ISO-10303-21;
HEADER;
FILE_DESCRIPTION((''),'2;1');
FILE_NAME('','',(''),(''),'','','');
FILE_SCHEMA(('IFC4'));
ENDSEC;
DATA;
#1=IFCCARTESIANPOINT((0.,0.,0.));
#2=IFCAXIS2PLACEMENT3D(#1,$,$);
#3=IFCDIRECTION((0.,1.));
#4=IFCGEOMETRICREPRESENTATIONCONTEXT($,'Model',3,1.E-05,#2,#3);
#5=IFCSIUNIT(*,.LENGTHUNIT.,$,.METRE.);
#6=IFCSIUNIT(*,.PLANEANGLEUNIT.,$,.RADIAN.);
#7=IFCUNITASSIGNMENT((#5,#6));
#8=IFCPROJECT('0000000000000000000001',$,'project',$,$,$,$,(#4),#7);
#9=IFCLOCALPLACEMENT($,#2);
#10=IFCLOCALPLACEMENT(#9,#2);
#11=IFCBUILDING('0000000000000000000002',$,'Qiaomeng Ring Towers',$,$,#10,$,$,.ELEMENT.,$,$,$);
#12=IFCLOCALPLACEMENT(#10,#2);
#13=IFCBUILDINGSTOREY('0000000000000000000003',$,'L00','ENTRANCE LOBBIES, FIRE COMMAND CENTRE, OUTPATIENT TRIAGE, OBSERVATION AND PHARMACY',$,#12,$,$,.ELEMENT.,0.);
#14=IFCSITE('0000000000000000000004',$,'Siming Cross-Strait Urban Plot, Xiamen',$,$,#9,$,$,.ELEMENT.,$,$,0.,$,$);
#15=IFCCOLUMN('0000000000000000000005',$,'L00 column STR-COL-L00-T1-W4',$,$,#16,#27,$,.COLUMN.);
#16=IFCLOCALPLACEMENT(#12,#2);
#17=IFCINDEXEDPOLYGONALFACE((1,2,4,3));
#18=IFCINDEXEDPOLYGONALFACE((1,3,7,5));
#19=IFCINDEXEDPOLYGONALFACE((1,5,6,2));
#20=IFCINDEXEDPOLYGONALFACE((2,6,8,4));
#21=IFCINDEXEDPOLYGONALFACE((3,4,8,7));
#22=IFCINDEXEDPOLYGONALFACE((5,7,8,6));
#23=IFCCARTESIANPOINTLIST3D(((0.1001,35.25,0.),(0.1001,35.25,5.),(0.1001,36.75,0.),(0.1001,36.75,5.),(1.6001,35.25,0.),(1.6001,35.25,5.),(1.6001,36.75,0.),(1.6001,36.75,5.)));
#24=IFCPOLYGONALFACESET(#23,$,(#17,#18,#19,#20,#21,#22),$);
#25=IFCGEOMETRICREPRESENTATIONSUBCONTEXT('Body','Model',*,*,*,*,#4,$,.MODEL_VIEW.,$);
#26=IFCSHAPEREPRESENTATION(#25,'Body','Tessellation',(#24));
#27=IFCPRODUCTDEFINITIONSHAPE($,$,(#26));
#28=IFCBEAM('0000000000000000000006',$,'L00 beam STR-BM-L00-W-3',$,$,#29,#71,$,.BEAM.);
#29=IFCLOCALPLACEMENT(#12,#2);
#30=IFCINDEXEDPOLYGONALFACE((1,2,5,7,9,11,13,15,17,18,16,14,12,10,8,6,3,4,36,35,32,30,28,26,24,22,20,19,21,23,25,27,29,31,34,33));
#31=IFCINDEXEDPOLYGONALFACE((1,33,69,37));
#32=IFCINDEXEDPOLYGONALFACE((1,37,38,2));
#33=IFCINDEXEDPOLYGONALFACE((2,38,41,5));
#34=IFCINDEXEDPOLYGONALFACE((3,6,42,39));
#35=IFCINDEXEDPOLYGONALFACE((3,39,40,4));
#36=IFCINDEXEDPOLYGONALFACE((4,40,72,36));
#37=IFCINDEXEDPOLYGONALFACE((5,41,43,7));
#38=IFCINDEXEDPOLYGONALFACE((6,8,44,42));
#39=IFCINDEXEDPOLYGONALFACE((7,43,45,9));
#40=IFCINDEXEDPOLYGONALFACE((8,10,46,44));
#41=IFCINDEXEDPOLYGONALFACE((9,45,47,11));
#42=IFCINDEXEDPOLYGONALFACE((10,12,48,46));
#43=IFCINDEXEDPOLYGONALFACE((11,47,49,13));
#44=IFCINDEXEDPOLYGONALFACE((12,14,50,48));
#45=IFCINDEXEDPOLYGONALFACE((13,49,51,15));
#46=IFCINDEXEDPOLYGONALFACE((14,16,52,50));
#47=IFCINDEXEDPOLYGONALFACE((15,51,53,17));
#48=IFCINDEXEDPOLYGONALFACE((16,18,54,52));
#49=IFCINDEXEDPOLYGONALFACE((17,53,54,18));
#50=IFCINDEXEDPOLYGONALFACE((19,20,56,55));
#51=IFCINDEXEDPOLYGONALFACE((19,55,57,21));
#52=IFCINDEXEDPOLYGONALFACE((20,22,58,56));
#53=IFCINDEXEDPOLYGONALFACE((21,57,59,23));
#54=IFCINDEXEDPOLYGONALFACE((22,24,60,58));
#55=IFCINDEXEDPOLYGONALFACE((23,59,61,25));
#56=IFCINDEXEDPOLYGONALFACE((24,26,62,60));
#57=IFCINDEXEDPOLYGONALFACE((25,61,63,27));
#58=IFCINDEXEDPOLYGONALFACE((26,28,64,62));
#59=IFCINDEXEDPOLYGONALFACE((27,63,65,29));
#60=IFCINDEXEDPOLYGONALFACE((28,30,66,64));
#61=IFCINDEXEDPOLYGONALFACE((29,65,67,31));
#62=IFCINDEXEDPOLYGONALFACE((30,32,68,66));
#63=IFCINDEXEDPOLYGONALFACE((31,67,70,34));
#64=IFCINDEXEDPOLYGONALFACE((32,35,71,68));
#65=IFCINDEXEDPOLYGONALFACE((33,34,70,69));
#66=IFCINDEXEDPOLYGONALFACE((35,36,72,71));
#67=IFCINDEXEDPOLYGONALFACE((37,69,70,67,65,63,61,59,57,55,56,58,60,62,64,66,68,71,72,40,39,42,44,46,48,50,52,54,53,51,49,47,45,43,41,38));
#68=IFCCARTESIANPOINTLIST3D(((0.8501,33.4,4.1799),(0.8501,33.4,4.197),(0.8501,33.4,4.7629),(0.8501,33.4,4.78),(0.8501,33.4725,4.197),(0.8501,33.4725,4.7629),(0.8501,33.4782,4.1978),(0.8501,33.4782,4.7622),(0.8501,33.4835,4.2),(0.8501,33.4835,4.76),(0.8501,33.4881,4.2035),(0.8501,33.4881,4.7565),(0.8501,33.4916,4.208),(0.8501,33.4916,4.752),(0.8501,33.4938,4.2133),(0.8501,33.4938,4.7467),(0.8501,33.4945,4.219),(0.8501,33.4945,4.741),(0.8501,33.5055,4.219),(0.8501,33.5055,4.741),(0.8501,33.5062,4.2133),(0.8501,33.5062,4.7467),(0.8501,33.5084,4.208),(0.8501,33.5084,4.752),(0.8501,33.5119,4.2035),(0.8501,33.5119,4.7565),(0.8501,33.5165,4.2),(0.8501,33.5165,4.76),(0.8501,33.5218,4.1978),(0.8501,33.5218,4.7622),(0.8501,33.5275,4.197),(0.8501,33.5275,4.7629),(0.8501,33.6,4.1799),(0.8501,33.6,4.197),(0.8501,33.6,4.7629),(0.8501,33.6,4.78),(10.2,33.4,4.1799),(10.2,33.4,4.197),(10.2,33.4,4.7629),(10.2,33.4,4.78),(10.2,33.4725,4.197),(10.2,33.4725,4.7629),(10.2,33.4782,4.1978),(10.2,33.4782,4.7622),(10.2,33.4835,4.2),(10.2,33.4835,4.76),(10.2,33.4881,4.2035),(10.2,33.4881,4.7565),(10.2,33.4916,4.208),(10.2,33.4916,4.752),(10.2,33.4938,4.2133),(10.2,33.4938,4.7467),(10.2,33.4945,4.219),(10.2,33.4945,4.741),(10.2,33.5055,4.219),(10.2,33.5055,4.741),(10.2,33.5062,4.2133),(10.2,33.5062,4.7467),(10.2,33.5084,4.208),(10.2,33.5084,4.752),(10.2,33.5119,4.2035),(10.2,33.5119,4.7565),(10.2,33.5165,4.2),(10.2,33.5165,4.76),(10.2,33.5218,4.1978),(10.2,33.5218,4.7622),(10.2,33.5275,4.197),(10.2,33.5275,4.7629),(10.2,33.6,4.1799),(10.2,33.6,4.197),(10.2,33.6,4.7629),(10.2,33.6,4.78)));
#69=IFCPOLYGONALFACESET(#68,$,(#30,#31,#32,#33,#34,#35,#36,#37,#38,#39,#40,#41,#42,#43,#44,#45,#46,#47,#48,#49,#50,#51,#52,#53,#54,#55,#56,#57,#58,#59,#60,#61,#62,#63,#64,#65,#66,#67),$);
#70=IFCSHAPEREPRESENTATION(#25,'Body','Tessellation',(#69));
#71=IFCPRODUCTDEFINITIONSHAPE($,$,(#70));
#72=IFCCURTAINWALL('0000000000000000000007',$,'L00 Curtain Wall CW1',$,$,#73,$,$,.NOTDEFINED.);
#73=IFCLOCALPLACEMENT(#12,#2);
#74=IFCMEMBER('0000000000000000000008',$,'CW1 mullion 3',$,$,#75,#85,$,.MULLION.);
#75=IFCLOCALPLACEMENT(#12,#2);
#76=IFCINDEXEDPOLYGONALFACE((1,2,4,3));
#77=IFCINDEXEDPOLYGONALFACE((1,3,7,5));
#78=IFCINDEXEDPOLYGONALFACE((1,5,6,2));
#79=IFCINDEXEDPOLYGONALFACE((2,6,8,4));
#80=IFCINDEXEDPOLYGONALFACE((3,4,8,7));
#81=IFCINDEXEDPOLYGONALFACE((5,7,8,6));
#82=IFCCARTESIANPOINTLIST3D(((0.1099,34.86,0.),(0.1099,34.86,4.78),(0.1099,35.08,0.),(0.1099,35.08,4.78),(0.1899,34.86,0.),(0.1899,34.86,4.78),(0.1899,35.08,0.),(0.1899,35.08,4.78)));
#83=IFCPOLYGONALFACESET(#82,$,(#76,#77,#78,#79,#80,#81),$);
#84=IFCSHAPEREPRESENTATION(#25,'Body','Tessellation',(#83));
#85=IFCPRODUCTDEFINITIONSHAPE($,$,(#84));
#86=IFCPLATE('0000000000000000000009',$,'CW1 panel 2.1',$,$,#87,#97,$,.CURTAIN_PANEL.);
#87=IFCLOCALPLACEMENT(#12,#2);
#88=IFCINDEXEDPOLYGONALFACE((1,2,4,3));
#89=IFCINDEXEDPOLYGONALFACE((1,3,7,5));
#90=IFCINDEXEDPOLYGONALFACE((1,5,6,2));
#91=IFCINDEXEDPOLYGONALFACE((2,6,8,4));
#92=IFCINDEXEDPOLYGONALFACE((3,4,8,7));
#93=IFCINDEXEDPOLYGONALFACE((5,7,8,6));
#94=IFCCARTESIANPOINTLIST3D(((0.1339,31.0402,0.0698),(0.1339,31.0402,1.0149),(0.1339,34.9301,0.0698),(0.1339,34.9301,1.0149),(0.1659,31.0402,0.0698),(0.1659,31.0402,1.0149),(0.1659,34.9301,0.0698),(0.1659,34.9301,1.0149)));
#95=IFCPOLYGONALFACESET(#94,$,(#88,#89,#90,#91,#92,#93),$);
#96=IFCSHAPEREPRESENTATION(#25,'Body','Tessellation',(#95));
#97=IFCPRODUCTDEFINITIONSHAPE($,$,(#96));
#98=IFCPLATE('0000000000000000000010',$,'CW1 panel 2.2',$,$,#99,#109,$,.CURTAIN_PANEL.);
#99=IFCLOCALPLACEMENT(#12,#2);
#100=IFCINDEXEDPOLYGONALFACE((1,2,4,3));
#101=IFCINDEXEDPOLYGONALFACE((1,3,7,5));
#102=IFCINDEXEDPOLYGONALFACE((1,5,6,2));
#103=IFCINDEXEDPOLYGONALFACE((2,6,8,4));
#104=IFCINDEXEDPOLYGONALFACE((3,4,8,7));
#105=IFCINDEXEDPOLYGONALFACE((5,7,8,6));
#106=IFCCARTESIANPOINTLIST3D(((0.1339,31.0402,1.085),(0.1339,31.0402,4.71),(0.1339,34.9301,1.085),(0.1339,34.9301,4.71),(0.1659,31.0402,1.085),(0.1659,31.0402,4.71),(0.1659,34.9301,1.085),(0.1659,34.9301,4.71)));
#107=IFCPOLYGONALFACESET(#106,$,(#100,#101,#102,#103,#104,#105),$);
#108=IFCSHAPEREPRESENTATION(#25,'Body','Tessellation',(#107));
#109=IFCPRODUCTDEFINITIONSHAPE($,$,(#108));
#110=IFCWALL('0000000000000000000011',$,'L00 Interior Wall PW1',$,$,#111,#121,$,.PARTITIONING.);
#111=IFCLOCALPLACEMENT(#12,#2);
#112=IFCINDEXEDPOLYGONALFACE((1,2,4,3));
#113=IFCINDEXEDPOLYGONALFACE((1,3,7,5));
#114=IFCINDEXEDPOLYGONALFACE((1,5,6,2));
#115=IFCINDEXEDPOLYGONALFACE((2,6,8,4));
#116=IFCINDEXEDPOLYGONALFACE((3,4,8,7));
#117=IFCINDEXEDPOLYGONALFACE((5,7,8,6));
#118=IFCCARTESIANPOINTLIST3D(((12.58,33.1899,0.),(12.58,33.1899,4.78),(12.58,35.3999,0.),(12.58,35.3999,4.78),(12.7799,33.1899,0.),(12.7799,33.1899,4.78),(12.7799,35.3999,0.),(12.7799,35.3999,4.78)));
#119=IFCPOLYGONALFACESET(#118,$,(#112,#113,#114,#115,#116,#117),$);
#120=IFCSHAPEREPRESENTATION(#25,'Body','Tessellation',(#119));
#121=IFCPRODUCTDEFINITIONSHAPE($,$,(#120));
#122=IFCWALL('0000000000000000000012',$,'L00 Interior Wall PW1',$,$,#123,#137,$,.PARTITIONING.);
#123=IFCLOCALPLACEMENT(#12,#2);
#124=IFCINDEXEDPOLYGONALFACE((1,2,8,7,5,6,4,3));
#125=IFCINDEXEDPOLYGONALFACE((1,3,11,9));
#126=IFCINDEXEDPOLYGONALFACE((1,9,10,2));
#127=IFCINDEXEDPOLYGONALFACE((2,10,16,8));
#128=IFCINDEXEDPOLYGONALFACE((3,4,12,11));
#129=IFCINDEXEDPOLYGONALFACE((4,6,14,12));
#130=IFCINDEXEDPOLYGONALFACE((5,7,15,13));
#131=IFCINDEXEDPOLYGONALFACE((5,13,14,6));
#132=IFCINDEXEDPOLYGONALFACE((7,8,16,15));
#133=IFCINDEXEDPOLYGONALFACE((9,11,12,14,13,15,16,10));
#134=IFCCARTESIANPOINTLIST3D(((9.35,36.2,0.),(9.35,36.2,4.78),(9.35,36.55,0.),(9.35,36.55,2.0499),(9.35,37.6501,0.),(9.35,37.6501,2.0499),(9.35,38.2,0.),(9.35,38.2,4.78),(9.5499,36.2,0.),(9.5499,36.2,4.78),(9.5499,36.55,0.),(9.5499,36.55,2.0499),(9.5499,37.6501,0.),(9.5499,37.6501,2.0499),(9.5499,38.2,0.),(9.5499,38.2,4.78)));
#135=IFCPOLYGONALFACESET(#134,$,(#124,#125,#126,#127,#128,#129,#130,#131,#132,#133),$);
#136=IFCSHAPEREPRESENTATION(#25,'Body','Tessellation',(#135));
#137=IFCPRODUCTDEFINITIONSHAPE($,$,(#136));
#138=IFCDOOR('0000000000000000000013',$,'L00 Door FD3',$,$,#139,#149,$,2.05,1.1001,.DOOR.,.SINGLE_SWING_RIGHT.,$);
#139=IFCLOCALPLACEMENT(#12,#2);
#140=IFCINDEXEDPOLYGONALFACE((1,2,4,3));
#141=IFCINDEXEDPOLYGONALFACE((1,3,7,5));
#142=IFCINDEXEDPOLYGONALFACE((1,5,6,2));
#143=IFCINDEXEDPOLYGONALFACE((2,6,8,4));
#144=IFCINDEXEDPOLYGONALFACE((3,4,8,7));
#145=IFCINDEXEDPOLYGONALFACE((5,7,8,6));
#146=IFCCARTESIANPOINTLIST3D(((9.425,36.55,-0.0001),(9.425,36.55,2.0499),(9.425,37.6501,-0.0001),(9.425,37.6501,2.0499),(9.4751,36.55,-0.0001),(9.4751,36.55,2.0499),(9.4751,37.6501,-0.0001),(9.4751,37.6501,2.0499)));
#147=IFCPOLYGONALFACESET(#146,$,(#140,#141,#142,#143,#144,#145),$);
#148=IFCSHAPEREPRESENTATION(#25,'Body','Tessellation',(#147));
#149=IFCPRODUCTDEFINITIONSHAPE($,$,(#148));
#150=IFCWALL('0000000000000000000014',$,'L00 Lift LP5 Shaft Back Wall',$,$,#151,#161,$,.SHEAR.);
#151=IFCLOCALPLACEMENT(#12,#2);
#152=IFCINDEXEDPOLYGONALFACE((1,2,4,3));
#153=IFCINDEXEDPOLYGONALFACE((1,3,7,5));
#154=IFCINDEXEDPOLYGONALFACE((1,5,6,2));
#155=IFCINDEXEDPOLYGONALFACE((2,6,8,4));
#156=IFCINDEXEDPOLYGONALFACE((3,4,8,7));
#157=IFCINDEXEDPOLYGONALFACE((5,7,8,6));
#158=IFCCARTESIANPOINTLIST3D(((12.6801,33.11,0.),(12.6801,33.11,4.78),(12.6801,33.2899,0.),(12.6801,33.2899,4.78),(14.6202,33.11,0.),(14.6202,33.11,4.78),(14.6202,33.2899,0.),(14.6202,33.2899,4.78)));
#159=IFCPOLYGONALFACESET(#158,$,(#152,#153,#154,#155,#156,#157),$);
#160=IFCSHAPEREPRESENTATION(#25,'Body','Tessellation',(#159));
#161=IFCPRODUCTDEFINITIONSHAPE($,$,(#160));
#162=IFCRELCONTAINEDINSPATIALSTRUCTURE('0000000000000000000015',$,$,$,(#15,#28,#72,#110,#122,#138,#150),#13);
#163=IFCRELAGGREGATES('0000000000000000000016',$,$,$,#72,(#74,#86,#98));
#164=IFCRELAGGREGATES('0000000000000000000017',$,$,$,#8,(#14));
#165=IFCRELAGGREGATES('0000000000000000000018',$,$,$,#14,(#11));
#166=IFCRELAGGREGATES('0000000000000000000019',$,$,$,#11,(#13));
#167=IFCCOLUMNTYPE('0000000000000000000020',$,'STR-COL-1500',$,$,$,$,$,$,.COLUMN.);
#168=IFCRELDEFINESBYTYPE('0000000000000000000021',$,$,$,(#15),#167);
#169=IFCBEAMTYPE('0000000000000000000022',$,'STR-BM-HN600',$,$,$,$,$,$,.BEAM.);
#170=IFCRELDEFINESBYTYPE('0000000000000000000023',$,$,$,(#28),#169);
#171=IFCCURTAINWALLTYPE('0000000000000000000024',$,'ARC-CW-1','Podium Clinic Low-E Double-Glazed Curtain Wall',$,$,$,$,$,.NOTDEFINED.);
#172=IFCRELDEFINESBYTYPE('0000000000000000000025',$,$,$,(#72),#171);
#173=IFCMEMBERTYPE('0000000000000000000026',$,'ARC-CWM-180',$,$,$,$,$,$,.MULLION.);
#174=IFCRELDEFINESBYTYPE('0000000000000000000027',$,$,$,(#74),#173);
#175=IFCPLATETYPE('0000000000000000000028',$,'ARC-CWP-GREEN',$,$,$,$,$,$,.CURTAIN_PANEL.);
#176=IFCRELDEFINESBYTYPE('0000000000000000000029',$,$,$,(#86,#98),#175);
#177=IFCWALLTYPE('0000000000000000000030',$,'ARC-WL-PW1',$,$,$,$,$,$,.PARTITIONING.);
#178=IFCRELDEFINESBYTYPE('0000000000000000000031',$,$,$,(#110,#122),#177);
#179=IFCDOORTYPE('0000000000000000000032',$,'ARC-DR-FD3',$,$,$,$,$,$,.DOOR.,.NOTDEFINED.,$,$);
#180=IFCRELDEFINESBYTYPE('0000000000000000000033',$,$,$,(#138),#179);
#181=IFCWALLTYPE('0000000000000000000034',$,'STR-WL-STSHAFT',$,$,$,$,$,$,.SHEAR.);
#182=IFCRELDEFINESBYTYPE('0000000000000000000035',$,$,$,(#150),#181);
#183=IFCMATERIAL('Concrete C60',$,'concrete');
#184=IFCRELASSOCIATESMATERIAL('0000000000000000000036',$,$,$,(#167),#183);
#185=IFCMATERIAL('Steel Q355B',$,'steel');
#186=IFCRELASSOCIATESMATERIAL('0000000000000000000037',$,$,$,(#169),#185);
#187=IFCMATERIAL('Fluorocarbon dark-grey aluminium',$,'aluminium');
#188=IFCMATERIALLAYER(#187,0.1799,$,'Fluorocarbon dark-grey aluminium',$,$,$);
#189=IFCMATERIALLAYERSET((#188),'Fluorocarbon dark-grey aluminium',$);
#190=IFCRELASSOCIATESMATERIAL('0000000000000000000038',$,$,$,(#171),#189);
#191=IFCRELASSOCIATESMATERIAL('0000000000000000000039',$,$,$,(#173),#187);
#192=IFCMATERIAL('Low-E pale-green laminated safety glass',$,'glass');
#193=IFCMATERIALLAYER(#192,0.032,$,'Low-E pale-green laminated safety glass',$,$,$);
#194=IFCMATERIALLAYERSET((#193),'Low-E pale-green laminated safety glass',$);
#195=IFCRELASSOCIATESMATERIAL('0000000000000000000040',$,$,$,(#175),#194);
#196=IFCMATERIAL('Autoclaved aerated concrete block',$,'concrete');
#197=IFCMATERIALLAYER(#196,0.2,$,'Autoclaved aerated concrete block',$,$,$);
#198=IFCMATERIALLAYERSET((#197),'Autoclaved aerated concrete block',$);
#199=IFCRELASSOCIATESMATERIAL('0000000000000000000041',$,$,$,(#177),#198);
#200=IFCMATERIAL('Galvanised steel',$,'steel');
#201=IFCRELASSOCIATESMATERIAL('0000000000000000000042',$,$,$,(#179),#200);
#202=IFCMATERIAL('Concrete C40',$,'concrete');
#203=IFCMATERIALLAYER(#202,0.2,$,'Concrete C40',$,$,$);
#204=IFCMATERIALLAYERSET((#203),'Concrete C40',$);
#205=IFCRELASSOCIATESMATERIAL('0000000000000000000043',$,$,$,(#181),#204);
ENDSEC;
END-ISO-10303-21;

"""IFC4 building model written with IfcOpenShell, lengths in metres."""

from ifc_helpers import new_model, si_unit, direction, frame, frame_2d, origin, origin_2d, place, context, subcontext, project, spatial, rectangle, i_section, extrude, source, transform, mapped, material, layer, layer_set, material_profile, profile_set, type_object, element, fill, aggregate, save


model = new_model("IFC4")

# Units and contexts
model_context = context("Model", 3, precision=1e-05, world=origin(), true_north=direction((0.0, 1.0)))
body_context = subcontext(model_context, "Body", "Model", "MODEL_VIEW")
ifc_project = project(units=[si_unit("LENGTHUNIT", "METRE"), si_unit("PLANEANGLEUNIT", "RADIAN")], contexts=[model_context])

# Site, building, storey
site_placement = place(None, origin())
site = spatial("IfcSite", under=ifc_project, at=site_placement, Name="Siming Cross-Strait Urban Plot, Xiamen", CompositionType="ELEMENT", RefElevation=0.0)
building_placement = place(site_placement, origin())
building = spatial("IfcBuilding", under=site, at=building_placement, Name="Qiaomeng Ring Towers", CompositionType="ELEMENT")
storey_placement = place(building_placement, origin())
storey = spatial("IfcBuildingStorey", under=building, at=storey_placement, Name="L00", Description="ENTRANCE LOBBIES, FIRE COMMAND CENTRE, OUTPATIENT TRIAGE, OBSERVATION AND PHARMACY", CompositionType="ELEMENT", Elevation=0.0)

# Column
ifc_material_1 = material(Name="Concrete C60", Category="concrete")
ifc_material_profile_1 = material_profile(ifc_material_1, rectangle(XDim=1.5, YDim=1.5, at=origin_2d()), Name="RC COL 1500x1500")
ifc_profile_set_1 = profile_set([ifc_material_profile_1], Name="Concrete C60")
column_type = type_object("IfcColumnType", Name="STR-COL-1500", PredefinedType="COLUMN", material=ifc_profile_set_1)
shared_shape_1 = source(origin(), body_context, "Body", "SweptSolid", [
    extrude(rectangle(XDim=1.5, YDim=1.5, at=origin_2d()), origin(), (0.0, 0.0, 1.0), 5.0),
])
column_placement = place(storey_placement, frame((0.8501, 36.0, 0.0), z_axis=(0.0, 0.0, 1.0), x_axis=(1.0, 0.0, 0.0)))
element("IfcColumn", 1, at=column_placement, inside=storey, type_object=column_type, Name="L00 column STR-COL-L00-T1-W4", PredefinedType="COLUMN", context=body_context, shape_type="MappedRepresentation", body=[
    mapped(shared_shape_1, transform((0.0, 0.0, 0.0), x_axis=(1.0, 0.0, 0.0), y_axis=(0.0, 1.0, 0.0), z_axis=(0.0, 0.0, 1.0), scale=1.0)),
])

# Beam
ifc_material_2 = material(Name="Steel Q355B", Category="steel")
ifc_material_profile_2 = material_profile(ifc_material_2, i_section(OverallWidth=0.2, OverallDepth=0.6001, WebThickness=0.011, FlangeThickness=0.0171, FilletRadius=0.022, at=origin_2d()), Name="HN 600x200x11x17")
ifc_profile_set_2 = profile_set([ifc_material_profile_2], Name="Steel Q355B")
beam_type = type_object("IfcBeamType", Name="STR-BM-HN600", PredefinedType="BEAM", material=ifc_profile_set_2)
shared_shape_2 = source(origin(), body_context, "Body", "SweptSolid", [
    extrude(i_section(OverallWidth=0.2, OverallDepth=0.6001, WebThickness=0.011, FlangeThickness=0.0171, FilletRadius=0.022, at=origin_2d()), origin(), (0.0, 0.0, 1.0), 9.3499),
])
beam_placement = place(storey_placement, frame((0.8501, 33.5, 4.48), z_axis=(1.0, 0.0, 0.0), x_axis=(0.0, 1.0, 0.0)))
element("IfcBeam", 2, at=beam_placement, inside=storey, type_object=beam_type, Name="L00 beam STR-BM-L00-W-3", PredefinedType="BEAM", context=body_context, shape_type="MappedRepresentation", body=[
    mapped(shared_shape_2, transform((0.0, 0.0, 0.0), x_axis=(1.0, 0.0, 0.0), y_axis=(0.0, 1.0, 0.0), z_axis=(0.0, 0.0, 1.0), scale=1.0)),
])

# Curtain wall, member, plates
ifc_material_3 = material(Name="Fluorocarbon dark-grey aluminium", Category="aluminium")
ifc_layer_1 = layer(ifc_material_3, 0.1799, Name="Fluorocarbon dark-grey aluminium")
ifc_layer_set_1 = layer_set([ifc_layer_1], Name="Fluorocarbon dark-grey aluminium")
curtain_wall_type = type_object("IfcCurtainWallType", Name="ARC-CW-1", Description="Podium Clinic Low-E Double-Glazed Curtain Wall", PredefinedType="NOTDEFINED", material=ifc_layer_set_1)
curtain_wall_placement = place(storey_placement, origin())
curtain_wall = element("IfcCurtainWall", 3, at=curtain_wall_placement, inside=storey, type_object=curtain_wall_type, Name="L00 Curtain Wall CW1", PredefinedType="NOTDEFINED")
ifc_material_profile_3 = material_profile(ifc_material_3, rectangle(XDim=0.0801, YDim=0.22, at=origin_2d()), Name="ALU MULL 80x220")
ifc_profile_set_3 = profile_set([ifc_material_profile_3], Name="Fluorocarbon dark-grey aluminium")
member_type = type_object("IfcMemberType", Name="ARC-CWM-180", PredefinedType="MULLION", material=ifc_profile_set_3)
shared_shape_3 = source(origin(), body_context, "Body", "SweptSolid", [
    extrude(rectangle(XDim=0.0801, YDim=0.22, at=origin_2d()), origin(), (0.0, 0.0, 1.0), 4.78),
])
member_placement = place(storey_placement, frame((0.1499, 34.97, 0.0), z_axis=(0.0, 0.0, 1.0), x_axis=(-1.0, 0.0, 0.0)))
member = element("IfcMember", 4, at=member_placement, type_object=member_type, Name="CW1 mullion 3", PredefinedType="MULLION", context=body_context, shape_type="MappedRepresentation", body=[
    mapped(shared_shape_3, transform((0.0, 0.0, 0.0), x_axis=(1.0, 0.0, 0.0), y_axis=(0.0, 1.0, 0.0), z_axis=(0.0, 0.0, 1.0), scale=1.0)),
])
ifc_material_4 = material(Name="Low-E pale-green laminated safety glass", Category="glass")
ifc_layer_2 = layer(ifc_material_4, 0.032, Name="Low-E pale-green laminated safety glass")
ifc_layer_set_2 = layer_set([ifc_layer_2], Name="Low-E pale-green laminated safety glass")
plate_type = type_object("IfcPlateType", Name="ARC-CWP-GREEN", PredefinedType="CURTAIN_PANEL", material=ifc_layer_set_2)
shared_shape_4 = source(origin(), body_context, "Body", "SweptSolid", [
    extrude(rectangle(XDim=3.8899, YDim=0.032, at=origin_2d()), origin(), (0.0, 0.0, 1.0), 0.9451),
])
plate_1_placement = place(storey_placement, frame((0.1499, 32.9851, 0.0698), z_axis=(0.0, 0.0, 1.0), x_axis=(0.0, 1.0, 0.0)))
plate_1 = element("IfcPlate", 5, at=plate_1_placement, type_object=plate_type, Name="CW1 panel 2.1", PredefinedType="CURTAIN_PANEL", context=body_context, shape_type="MappedRepresentation", body=[
    mapped(shared_shape_4, transform((0.0, 0.0, 0.0), x_axis=(1.0, 0.0, 0.0), y_axis=(0.0, 1.0, 0.0), z_axis=(0.0, 0.0, 1.0), scale=1.0)),
])
shared_shape_5 = source(origin(), body_context, "Body", "SweptSolid", [
    extrude(rectangle(XDim=3.8899, YDim=0.032, at=origin_2d()), origin(), (0.0, 0.0, 1.0), 3.625),
])
plate_2_placement = place(storey_placement, frame((0.1499, 32.9851, 1.085), z_axis=(0.0, 0.0, 1.0), x_axis=(0.0, 1.0, 0.0)))
plate_2 = element("IfcPlate", 6, at=plate_2_placement, type_object=plate_type, Name="CW1 panel 2.2", PredefinedType="CURTAIN_PANEL", context=body_context, shape_type="MappedRepresentation", body=[
    mapped(shared_shape_5, transform((0.0, 0.0, 0.0), x_axis=(1.0, 0.0, 0.0), y_axis=(0.0, 1.0, 0.0), z_axis=(0.0, 0.0, 1.0), scale=1.0)),
])
aggregate(curtain_wall, [member, plate_1, plate_2])

# Wall
ifc_material_5 = material(Name="Autoclaved aerated concrete block", Category="concrete")
ifc_layer_3 = layer(ifc_material_5, 0.2, Name="Autoclaved aerated concrete block")
ifc_layer_set_3 = layer_set([ifc_layer_3], Name="Autoclaved aerated concrete block")
wall_type_1 = type_object("IfcWallType", Name="ARC-WL-PW1", PredefinedType="PARTITIONING", material=ifc_layer_set_3)
wall_1_placement = place(storey_placement, frame((12.6799, 33.1899, 0.0), z_axis=(0.0, 0.0, 1.0), x_axis=(0.0, 1.0, 0.0)))
element("IfcWall", 7, at=wall_1_placement, inside=storey, type_object=wall_type_1, Name="L00 Interior Wall PW1", PredefinedType="PARTITIONING", context=body_context, shape_type="SweptSolid", body=[
    extrude(rectangle(XDim=2.21, YDim=0.2, at=frame_2d((1.105, 0.0))), origin(), (0.0, 0.0, 1.0), 4.78),
])

# Wall, opening, door
wall_2_placement = place(storey_placement, frame((9.45, 36.2, 0.0), z_axis=(0.0, 0.0, 1.0), x_axis=(0.0, 1.0, 0.0)))
wall_2 = element("IfcWall", 8, at=wall_2_placement, inside=storey, type_object=wall_type_1, Name="L00 Interior Wall PW1", PredefinedType="PARTITIONING", context=body_context, shape_type="SweptSolid", body=[
    extrude(rectangle(XDim=2.0, YDim=0.2, at=frame_2d((1.0, 0.0))), origin(), (0.0, 0.0, 1.0), 4.78),
])
opening_1_placement = place(wall_2_placement, frame((0.3501, 0.0, 0.0)))
opening_1 = element("IfcOpeningElement", 9, at=opening_1_placement, cuts=wall_2, PredefinedType="OPENING", context=body_context, shape_type="SweptSolid", body=[
    extrude(rectangle(XDim=1.1001, YDim=2.05, at=frame_2d((0.55, 1.0249))), frame((0.0, 0.1099, 0.0), z_axis=(0.0, -1.0, 0.0), x_axis=(1.0, 0.0, 0.0)), (0.0, 0.0, 1.0), 0.22),
])
ifc_material_6 = material(Name="Galvanised steel", Category="steel")
door_type_1 = type_object("IfcDoorType", Name="ARC-DR-FD3", OperationType="NOTDEFINED", PredefinedType="DOOR", material=ifc_material_6)
shared_shape_6 = source(origin(), body_context, "Body", "SweptSolid", [
    extrude(rectangle(XDim=1.1001, YDim=2.05, at=frame_2d((0.55, 1.0249))), frame((0.0, 0.0249, 0.0), z_axis=(0.0, -1.0, 0.0), x_axis=(1.0, 0.0, 0.0)), (0.0, 0.0, 1.0), 0.05),
])
door_1_placement = place(opening_1_placement, origin())
door_1 = element("IfcDoor", 10, at=door_1_placement, inside=storey, type_object=door_type_1, Name="L00 Door FD3", OperationType="SINGLE_SWING_RIGHT", OverallHeight=2.05, OverallWidth=1.1001, PredefinedType="DOOR", context=body_context, shape_type="MappedRepresentation", body=[
    mapped(shared_shape_6, transform((0.0, 0.0, 0.0), x_axis=(1.0, 0.0, 0.0), y_axis=(0.0, 1.0, 0.0), z_axis=(0.0, 0.0, 1.0), scale=1.0)),
])
fill(opening_1, door_1)

# Wall
ifc_material_7 = material(Name="Concrete C40", Category="concrete")
ifc_layer_4 = layer(ifc_material_7, 0.2, Name="Concrete C40")
ifc_layer_set_4 = layer_set([ifc_layer_4], Name="Concrete C40")
wall_type_2 = type_object("IfcWallType", Name="STR-WL-STSHAFT", PredefinedType="SHEAR", material=ifc_layer_set_4)
wall_3_placement = place(storey_placement, frame((12.6799, 33.2, 0.0), z_axis=(0.0, 0.0, 1.0), x_axis=(1.0, 0.0, 0.0)))
element("IfcWall", 11, at=wall_3_placement, inside=storey, type_object=wall_type_2, Name="L00 Lift LP5 Shaft Back Wall", PredefinedType="SHEAR", context=body_context, shape_type="SweptSolid", body=[
    extrude(rectangle(XDim=1.9402, YDim=0.1799, at=frame_2d((0.9702, 0.0))), origin(), (0.0, 0.0, 1.0), 4.78),
])

save(model, "model.ifc")
